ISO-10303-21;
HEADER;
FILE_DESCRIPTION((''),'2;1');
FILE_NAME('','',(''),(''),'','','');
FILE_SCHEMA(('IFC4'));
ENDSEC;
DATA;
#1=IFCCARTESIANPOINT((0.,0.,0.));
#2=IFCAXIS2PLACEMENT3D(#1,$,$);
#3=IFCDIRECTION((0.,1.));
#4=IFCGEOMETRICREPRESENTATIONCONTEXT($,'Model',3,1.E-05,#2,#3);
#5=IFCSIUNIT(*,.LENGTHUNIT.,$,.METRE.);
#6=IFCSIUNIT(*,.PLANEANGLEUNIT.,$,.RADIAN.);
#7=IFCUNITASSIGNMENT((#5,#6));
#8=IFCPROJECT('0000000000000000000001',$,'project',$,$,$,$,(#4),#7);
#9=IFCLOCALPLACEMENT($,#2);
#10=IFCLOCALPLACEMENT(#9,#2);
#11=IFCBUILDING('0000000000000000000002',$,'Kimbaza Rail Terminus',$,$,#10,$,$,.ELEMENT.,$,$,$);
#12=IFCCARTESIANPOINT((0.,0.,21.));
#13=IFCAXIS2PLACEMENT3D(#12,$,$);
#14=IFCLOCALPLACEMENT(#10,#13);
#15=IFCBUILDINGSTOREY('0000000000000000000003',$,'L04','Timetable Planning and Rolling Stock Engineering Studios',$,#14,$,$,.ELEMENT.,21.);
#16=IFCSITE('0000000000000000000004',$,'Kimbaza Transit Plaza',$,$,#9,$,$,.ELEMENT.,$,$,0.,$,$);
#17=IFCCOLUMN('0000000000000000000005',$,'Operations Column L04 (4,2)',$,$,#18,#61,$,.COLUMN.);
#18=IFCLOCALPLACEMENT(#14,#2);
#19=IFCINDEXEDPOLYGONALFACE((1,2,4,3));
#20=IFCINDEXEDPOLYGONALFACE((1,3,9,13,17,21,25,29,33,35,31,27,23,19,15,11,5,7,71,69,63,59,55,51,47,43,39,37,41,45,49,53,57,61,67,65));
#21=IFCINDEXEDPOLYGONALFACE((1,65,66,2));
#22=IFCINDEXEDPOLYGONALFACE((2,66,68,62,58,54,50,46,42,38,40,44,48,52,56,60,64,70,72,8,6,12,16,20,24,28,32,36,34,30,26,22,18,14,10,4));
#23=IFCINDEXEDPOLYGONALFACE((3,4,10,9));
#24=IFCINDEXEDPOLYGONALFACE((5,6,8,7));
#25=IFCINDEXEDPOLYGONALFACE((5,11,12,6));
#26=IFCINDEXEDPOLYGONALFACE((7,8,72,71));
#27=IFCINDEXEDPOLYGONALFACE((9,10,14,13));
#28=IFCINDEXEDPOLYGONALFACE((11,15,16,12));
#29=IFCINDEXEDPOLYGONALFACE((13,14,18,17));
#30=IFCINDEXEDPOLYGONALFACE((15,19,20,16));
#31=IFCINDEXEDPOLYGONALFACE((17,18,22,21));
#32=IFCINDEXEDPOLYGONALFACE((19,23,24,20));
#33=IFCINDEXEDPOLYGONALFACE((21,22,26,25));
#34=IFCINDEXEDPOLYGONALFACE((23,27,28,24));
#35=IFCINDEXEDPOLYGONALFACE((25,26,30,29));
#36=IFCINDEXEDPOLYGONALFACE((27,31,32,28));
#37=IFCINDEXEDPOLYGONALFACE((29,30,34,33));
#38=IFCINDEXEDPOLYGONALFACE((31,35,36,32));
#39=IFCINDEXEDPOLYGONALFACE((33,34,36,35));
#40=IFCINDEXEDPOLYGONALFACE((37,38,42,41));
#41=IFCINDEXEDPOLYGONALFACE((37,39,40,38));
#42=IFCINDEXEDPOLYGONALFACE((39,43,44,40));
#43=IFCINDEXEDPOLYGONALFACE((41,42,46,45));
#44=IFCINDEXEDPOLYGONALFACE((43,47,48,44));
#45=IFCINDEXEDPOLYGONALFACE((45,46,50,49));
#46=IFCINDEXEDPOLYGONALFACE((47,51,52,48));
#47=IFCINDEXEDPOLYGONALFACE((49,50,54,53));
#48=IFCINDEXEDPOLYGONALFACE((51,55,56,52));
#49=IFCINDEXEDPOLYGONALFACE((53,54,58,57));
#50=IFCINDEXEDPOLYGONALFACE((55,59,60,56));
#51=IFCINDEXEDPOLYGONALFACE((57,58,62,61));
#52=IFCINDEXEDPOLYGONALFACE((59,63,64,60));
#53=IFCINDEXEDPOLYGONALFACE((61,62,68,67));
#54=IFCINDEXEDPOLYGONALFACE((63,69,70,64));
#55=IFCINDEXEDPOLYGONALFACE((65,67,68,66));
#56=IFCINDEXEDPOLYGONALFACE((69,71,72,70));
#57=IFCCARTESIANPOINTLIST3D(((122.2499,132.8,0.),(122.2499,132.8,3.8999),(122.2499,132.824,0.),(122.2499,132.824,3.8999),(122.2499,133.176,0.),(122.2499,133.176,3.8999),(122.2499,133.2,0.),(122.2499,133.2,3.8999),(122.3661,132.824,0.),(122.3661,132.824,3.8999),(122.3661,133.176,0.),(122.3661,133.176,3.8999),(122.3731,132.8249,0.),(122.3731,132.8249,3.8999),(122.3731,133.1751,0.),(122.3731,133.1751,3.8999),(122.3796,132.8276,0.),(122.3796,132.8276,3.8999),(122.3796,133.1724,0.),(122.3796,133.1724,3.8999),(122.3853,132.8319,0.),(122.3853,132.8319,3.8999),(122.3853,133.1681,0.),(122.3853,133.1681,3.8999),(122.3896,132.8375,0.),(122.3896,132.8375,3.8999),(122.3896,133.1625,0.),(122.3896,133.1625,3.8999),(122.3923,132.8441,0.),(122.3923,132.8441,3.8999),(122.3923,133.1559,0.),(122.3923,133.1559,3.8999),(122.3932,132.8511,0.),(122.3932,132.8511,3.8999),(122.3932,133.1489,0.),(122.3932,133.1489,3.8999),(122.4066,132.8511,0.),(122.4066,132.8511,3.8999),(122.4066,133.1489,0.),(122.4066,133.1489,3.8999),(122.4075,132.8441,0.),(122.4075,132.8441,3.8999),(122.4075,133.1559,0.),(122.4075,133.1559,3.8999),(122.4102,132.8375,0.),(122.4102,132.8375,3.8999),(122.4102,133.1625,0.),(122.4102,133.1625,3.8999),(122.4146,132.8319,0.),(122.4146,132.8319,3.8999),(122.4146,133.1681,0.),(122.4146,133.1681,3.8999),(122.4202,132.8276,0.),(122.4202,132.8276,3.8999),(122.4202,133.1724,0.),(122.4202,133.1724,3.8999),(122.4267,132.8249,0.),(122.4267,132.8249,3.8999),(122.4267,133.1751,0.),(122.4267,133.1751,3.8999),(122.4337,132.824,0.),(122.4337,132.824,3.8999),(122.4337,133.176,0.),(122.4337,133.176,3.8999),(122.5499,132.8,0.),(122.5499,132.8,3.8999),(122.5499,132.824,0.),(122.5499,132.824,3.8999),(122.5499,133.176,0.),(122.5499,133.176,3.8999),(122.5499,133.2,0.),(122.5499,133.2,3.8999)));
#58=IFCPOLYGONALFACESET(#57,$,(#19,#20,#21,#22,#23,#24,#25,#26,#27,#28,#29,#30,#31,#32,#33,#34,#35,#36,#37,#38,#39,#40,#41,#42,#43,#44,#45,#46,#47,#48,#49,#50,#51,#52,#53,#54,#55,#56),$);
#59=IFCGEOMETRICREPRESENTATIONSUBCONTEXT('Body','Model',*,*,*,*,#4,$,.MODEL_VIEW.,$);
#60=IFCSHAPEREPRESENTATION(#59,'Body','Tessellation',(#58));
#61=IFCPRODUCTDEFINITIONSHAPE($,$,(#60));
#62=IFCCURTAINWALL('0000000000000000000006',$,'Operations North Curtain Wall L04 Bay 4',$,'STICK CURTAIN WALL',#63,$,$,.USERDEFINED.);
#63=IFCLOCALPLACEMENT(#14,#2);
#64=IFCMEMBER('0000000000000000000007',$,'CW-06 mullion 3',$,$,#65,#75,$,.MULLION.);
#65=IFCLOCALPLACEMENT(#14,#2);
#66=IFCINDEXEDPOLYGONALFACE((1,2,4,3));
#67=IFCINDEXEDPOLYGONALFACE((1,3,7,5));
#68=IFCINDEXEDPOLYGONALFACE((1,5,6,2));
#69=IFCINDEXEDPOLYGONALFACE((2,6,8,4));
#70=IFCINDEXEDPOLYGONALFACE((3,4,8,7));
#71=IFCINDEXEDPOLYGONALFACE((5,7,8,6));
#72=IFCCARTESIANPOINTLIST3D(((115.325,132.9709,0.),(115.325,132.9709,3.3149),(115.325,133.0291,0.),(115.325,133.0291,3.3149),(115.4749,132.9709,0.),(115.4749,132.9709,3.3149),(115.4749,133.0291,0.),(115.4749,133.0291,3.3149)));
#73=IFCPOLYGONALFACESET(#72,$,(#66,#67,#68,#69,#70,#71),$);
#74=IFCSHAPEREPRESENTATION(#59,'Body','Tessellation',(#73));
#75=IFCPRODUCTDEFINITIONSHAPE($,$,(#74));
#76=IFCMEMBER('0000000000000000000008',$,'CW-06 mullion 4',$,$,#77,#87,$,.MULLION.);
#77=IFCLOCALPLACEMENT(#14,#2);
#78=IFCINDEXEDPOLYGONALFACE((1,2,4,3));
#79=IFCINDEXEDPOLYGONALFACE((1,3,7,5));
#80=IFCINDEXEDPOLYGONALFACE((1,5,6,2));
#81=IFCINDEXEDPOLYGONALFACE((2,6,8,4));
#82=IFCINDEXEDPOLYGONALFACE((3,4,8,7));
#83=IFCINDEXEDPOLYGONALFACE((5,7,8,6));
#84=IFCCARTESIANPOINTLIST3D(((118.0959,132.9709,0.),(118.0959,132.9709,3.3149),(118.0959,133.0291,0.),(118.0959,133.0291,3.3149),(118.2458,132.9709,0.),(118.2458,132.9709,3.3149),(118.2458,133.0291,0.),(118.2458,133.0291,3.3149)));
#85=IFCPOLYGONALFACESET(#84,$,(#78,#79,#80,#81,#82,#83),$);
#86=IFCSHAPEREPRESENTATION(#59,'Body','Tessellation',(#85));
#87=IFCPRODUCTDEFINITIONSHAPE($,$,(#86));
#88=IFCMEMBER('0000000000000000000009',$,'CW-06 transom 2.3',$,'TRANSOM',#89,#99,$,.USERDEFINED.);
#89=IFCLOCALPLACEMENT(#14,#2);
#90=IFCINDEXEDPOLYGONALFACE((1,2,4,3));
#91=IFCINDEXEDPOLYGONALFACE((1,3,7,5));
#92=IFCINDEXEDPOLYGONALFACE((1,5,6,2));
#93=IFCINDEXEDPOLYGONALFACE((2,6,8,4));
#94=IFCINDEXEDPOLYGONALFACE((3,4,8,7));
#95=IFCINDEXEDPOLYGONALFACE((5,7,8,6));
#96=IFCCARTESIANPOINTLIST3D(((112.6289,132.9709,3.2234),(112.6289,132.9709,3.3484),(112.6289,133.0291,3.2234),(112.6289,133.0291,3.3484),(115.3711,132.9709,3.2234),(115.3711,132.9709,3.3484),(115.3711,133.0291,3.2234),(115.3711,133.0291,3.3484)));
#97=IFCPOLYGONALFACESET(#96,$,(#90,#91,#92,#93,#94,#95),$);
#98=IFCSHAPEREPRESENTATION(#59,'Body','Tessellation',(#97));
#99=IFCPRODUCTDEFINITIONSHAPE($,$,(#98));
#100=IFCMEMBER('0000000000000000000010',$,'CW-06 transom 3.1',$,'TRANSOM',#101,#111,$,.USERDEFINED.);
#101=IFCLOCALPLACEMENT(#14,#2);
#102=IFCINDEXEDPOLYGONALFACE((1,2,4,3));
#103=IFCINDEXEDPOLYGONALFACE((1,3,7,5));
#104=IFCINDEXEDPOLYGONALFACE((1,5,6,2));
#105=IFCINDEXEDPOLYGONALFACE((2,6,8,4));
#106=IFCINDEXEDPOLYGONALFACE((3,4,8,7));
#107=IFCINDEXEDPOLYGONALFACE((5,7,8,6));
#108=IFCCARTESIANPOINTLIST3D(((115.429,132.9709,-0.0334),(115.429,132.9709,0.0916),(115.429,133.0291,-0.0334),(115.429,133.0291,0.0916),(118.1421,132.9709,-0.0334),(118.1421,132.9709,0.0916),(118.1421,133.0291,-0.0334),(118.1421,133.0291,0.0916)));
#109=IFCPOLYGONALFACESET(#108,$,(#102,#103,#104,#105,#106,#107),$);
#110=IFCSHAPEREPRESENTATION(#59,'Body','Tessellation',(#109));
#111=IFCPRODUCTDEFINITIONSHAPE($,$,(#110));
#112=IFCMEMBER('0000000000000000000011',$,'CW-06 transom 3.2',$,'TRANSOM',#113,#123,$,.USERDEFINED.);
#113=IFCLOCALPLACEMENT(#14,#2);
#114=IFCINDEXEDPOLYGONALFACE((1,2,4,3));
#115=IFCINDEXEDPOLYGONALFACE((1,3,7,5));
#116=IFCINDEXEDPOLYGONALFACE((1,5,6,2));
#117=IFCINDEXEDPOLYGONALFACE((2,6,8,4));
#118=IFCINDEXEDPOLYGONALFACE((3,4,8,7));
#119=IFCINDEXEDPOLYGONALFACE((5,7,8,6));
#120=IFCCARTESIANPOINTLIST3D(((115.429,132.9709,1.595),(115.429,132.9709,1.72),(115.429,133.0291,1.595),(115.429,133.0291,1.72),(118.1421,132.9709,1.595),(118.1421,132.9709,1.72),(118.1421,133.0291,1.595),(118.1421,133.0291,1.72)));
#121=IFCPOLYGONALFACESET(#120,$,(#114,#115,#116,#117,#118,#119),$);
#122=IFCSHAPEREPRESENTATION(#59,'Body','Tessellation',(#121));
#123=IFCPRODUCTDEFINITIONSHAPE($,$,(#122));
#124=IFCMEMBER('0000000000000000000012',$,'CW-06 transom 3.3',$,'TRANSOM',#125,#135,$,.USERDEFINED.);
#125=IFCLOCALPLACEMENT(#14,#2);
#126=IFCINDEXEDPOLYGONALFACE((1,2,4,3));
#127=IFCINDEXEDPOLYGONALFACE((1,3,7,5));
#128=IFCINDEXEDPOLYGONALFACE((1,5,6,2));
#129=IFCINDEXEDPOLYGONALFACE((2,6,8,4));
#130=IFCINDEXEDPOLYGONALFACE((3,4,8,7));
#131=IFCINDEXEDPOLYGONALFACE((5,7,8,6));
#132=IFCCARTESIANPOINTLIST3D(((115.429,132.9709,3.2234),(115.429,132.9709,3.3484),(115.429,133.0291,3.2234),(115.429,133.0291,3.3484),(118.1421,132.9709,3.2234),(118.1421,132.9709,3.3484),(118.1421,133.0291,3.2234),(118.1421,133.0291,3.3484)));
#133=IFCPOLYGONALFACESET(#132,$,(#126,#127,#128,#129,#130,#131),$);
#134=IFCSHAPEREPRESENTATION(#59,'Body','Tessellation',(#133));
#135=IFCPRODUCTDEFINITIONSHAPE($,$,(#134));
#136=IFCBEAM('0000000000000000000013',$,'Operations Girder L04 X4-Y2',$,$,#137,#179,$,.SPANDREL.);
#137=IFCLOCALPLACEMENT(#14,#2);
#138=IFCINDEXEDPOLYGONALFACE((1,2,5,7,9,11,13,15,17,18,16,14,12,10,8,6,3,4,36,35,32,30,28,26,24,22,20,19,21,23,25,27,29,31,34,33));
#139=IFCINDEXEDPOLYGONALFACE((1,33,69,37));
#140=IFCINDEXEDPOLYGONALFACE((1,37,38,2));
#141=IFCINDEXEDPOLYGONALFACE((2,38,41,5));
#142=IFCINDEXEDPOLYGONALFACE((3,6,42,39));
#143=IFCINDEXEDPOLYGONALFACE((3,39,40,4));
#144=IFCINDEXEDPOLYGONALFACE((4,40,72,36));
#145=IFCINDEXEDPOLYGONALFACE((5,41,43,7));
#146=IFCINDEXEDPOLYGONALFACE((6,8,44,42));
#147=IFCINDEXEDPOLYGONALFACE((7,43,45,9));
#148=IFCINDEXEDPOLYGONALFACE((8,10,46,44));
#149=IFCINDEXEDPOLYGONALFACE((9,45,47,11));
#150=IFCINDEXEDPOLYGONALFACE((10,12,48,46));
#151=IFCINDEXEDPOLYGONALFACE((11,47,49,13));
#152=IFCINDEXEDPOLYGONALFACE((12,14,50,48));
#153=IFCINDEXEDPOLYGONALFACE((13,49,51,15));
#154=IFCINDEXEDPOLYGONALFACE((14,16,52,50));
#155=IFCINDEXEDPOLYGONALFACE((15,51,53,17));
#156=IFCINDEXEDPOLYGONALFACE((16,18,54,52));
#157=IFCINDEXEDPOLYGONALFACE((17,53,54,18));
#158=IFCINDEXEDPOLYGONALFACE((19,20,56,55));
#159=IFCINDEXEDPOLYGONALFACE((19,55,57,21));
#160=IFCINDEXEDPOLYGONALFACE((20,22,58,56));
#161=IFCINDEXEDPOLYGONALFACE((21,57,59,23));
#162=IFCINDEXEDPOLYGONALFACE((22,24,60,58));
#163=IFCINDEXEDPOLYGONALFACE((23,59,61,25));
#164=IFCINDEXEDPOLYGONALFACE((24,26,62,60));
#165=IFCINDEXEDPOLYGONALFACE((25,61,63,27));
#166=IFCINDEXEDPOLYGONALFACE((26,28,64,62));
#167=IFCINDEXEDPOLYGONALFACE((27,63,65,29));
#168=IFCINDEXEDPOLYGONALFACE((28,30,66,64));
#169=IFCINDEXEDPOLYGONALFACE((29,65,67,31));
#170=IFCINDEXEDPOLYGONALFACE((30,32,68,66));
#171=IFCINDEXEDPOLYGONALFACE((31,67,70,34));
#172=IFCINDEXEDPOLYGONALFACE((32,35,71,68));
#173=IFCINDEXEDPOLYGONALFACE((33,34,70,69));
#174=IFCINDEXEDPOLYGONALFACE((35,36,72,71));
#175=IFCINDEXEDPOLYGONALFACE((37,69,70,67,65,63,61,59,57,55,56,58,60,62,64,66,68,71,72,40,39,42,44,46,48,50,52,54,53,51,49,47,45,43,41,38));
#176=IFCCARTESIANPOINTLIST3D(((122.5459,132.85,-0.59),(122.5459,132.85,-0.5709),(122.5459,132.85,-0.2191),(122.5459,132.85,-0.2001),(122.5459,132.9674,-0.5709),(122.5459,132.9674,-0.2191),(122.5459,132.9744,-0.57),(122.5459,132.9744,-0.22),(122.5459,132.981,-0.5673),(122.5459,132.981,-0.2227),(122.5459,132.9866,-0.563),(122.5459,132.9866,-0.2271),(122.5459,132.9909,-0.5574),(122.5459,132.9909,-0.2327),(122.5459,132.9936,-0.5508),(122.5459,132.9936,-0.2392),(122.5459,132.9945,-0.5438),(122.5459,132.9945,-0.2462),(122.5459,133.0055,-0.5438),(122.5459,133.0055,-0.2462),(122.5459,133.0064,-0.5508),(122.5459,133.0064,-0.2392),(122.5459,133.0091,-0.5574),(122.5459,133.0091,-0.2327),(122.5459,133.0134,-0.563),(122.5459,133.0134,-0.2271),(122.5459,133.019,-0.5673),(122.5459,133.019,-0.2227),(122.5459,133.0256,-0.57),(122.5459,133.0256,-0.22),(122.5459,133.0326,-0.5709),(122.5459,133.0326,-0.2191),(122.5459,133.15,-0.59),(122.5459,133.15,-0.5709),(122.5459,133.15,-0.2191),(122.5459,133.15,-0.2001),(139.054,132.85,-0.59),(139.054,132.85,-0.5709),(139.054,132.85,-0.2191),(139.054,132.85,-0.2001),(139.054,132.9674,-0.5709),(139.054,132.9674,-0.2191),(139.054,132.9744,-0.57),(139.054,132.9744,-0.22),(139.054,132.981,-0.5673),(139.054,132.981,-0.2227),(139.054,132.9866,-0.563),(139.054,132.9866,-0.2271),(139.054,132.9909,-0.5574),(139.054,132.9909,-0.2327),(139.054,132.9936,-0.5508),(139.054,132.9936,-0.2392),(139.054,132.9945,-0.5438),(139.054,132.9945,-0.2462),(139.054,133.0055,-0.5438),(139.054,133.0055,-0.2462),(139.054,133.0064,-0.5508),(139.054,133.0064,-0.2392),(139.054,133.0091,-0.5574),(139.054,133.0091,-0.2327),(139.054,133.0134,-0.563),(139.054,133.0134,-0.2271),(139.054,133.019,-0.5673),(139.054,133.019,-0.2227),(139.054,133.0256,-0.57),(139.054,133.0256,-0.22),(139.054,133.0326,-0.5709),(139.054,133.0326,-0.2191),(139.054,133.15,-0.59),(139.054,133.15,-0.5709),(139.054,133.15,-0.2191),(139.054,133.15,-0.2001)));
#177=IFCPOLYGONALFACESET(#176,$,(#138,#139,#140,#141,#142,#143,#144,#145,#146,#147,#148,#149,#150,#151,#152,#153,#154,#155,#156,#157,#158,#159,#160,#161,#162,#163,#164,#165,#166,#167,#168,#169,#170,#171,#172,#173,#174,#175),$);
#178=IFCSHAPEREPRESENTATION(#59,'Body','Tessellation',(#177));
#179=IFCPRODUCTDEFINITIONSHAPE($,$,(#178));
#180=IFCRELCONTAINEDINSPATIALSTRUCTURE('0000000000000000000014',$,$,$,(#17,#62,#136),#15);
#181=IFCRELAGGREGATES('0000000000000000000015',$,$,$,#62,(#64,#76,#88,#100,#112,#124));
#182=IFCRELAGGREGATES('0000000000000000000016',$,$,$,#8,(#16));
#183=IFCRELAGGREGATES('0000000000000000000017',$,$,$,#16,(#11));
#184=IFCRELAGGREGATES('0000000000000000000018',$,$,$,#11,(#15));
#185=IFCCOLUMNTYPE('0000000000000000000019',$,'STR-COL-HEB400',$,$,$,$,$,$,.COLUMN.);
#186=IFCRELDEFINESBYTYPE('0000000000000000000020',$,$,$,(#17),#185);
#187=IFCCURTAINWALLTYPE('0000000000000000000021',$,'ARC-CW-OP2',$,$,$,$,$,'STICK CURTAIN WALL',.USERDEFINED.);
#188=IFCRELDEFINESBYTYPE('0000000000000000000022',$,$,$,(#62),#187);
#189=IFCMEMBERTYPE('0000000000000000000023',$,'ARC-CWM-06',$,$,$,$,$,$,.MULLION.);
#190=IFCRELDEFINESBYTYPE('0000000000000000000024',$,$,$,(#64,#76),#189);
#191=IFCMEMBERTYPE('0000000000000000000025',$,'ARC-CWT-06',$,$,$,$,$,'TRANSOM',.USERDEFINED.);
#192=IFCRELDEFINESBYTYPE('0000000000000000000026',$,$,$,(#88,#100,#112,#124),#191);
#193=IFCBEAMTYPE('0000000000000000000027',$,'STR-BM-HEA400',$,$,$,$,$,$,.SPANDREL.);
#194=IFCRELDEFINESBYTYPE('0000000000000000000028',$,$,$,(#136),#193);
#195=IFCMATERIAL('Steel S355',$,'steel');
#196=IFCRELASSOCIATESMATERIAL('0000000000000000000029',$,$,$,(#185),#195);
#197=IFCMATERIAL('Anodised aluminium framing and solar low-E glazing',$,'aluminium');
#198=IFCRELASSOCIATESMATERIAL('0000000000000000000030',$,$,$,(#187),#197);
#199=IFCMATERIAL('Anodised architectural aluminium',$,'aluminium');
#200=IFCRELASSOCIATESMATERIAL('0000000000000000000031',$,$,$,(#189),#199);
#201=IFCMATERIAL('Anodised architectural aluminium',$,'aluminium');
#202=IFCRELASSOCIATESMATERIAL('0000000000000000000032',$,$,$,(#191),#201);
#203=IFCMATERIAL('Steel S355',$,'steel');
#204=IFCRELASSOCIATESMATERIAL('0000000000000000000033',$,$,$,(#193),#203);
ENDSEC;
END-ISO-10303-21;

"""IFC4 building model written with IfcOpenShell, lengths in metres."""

from ifc_helpers import new_model, si_unit, direction, frame, origin, origin_2d, place, context, subcontext, project, spatial, rectangle, i_section, extrude, material, material_profile, profile_set, type_object, element, aggregate, save


model = new_model("IFC4")

# Units and contexts
model_context = context("Model", 3, precision=1e-05, world=origin(), true_north=direction((0.0, 1.0)))
body_context = subcontext(model_context, "Body", "Model", "MODEL_VIEW")
ifc_project = project(units=[si_unit("LENGTHUNIT", "METRE"), si_unit("PLANEANGLEUNIT", "RADIAN")], contexts=[model_context])

# Site, building, storey
site_placement = place(None, origin())
site = spatial("IfcSite", under=ifc_project, at=site_placement, Name="Kimbaza Transit Plaza", CompositionType="ELEMENT", RefElevation=0.0)
building_placement = place(site_placement, origin())
building = spatial("IfcBuilding", under=site, at=building_placement, Name="Kimbaza Rail Terminus", CompositionType="ELEMENT")
storey_placement = place(building_placement, frame((0.0, 0.0, 21.0)))
storey = spatial("IfcBuildingStorey", under=building, at=storey_placement, Name="L04", Description="Timetable Planning and Rolling Stock Engineering Studios", CompositionType="ELEMENT", Elevation=21.0)

# Column
ifc_material_1 = material(Name="Steel S355", Category="steel")
ifc_material_profile_1 = material_profile(ifc_material_1, i_section(OverallWidth=0.3, OverallDepth=0.3999, WebThickness=0.0134, FlangeThickness=0.0239, FilletRadius=0.0271, at=origin_2d()), Name="HEB 400")
ifc_profile_set_1 = profile_set([ifc_material_profile_1], Name="Steel S355")
column_type = type_object("IfcColumnType", Name="STR-COL-HEB400", PredefinedType="COLUMN", material=ifc_profile_set_1)
column_placement = place(storey_placement, frame((122.3999, 133.0, 0.0), z_axis=(0.0, 0.0, 1.0), x_axis=(1.0, 0.0, 0.0)))
element("IfcColumn", 1, at=column_placement, inside=storey, type_object=column_type, Name="Operations Column L04 (4,2)", PredefinedType="COLUMN", context=body_context, shape_type="SweptSolid", body=[
    extrude(i_section(OverallWidth=0.3, OverallDepth=0.3999, WebThickness=0.0134, FlangeThickness=0.0239, FilletRadius=0.0271, at=origin_2d()), origin(), (0.0, 0.0, 1.0), 3.8999),
])

# Curtain wall, members
ifc_material_2 = material(Name="Anodised aluminium framing and solar low-E glazing", Category="aluminium")
curtain_wall_type = type_object("IfcCurtainWallType", Name="ARC-CW-OP2", ElementType="STICK CURTAIN WALL", PredefinedType="USERDEFINED", material=ifc_material_2)
curtain_wall_placement = place(storey_placement, origin())
curtain_wall = element("IfcCurtainWall", 2, at=curtain_wall_placement, inside=storey, type_object=curtain_wall_type, Name="Operations North Curtain Wall L04 Bay 4", ObjectType="STICK CURTAIN WALL", PredefinedType="USERDEFINED")
ifc_material_3 = material(Name="Anodised architectural aluminium", Category="aluminium")
ifc_material_profile_2 = material_profile(ifc_material_3, rectangle(XDim=0.0581, YDim=0.1499, at=origin_2d()), Name="MULLION 58x150")
ifc_profile_set_2 = profile_set([ifc_material_profile_2], Name="Anodised architectural aluminium")
member_type_1 = type_object("IfcMemberType", Name="ARC-CWM-06", PredefinedType="MULLION", material=ifc_profile_set_2)
member_1_placement = place(storey_placement, frame((115.3999, 133.0, 0.0), z_axis=(0.0, 0.0, 1.0), x_axis=(0.0, 1.0, 0.0)))
member_1 = element("IfcMember", 3, at=member_1_placement, type_object=member_type_1, Name="CW-06 mullion 3", PredefinedType="MULLION", context=body_context, shape_type="SweptSolid", body=[
    extrude(rectangle(XDim=0.0581, YDim=0.1499, at=origin_2d()), origin(), (0.0, 0.0, 1.0), 3.3149),
])
member_2_placement = place(storey_placement, frame((118.1709, 133.0, 0.0), z_axis=(0.0, 0.0, 1.0), x_axis=(0.0, 1.0, 0.0)))
member_2 = element("IfcMember", 4, at=member_2_placement, type_object=member_type_1, Name="CW-06 mullion 4", PredefinedType="MULLION", context=body_context, shape_type="SweptSolid", body=[
    extrude(rectangle(XDim=0.0581, YDim=0.1499, at=origin_2d()), origin(), (0.0, 0.0, 1.0), 3.3149),
])
ifc_material_4 = material(Name="Anodised architectural aluminium", Category="aluminium")
ifc_material_profile_3 = material_profile(ifc_material_4, rectangle(XDim=0.0581, YDim=0.125, at=origin_2d()), Name="TRANSOM 58x125")
ifc_profile_set_3 = profile_set([ifc_material_profile_3], Name="Anodised architectural aluminium")
member_type_2 = type_object("IfcMemberType", Name="ARC-CWT-06", ElementType="TRANSOM", PredefinedType="USERDEFINED", material=ifc_profile_set_3)
member_3_placement = place(storey_placement, frame((112.6289, 133.0, 3.2859), z_axis=(1.0, 0.0, 0.0), x_axis=(0.0, 1.0, 0.0)))
member_3 = element("IfcMember", 5, at=member_3_placement, type_object=member_type_2, Name="CW-06 transom 2.3", ObjectType="TRANSOM", PredefinedType="USERDEFINED", context=body_context, shape_type="SweptSolid", body=[
    extrude(rectangle(XDim=0.0581, YDim=0.125, at=origin_2d()), origin(), (0.0, 0.0, 1.0), 2.7422),
])
member_4_placement = place(storey_placement, frame((115.429, 133.0, 0.0291), z_axis=(1.0, 0.0, 0.0), x_axis=(0.0, 1.0, 0.0)))
member_4 = element("IfcMember", 6, at=member_4_placement, type_object=member_type_2, Name="CW-06 transom 3.1", ObjectType="TRANSOM", PredefinedType="USERDEFINED", context=body_context, shape_type="SweptSolid", body=[
    extrude(rectangle(XDim=0.0581, YDim=0.125, at=origin_2d()), origin(), (0.0, 0.0, 1.0), 2.7131),
])
member_5_placement = place(storey_placement, frame((115.429, 133.0, 1.6575), z_axis=(1.0, 0.0, 0.0), x_axis=(0.0, 1.0, 0.0)))
member_5 = element("IfcMember", 7, at=member_5_placement, type_object=member_type_2, Name="CW-06 transom 3.2", ObjectType="TRANSOM", PredefinedType="USERDEFINED", context=body_context, shape_type="SweptSolid", body=[
    extrude(rectangle(XDim=0.0581, YDim=0.125, at=origin_2d()), origin(), (0.0, 0.0, 1.0), 2.7131),
])
member_6_placement = place(storey_placement, frame((115.429, 133.0, 3.2859), z_axis=(1.0, 0.0, 0.0), x_axis=(0.0, 1.0, 0.0)))
member_6 = element("IfcMember", 8, at=member_6_placement, type_object=member_type_2, Name="CW-06 transom 3.3", ObjectType="TRANSOM", PredefinedType="USERDEFINED", context=body_context, shape_type="SweptSolid", body=[
    extrude(rectangle(XDim=0.0581, YDim=0.125, at=origin_2d()), origin(), (0.0, 0.0, 1.0), 2.7131),
])

# Beam
ifc_material_5 = material(Name="Steel S355", Category="steel")
ifc_material_profile_4 = material_profile(ifc_material_5, i_section(OverallWidth=0.3, OverallDepth=0.3899, WebThickness=0.011, FlangeThickness=0.019, FilletRadius=0.0271, at=origin_2d()), Name="HEA 400")
ifc_profile_set_4 = profile_set([ifc_material_profile_4], Name="Steel S355")
beam_type = type_object("IfcBeamType", Name="STR-BM-HEA400", PredefinedType="SPANDREL", material=ifc_profile_set_4)
beam_placement = place(storey_placement, frame((122.5459, 133.0, -0.395), z_axis=(1.0, 0.0, 0.0), x_axis=(0.0, 1.0, 0.0)))
element("IfcBeam", 9, at=beam_placement, inside=storey, type_object=beam_type, Name="Operations Girder L04 X4-Y2", PredefinedType="SPANDREL", context=body_context, shape_type="SweptSolid", body=[
    extrude(i_section(OverallWidth=0.3, OverallDepth=0.3899, WebThickness=0.011, FlangeThickness=0.019, FilletRadius=0.0271, at=origin_2d()), origin(), (0.0, 0.0, 1.0), 16.5081),
])

aggregate(curtain_wall, [member_1, member_2, member_3, member_4, member_5, member_6])

save(model, "model.ifc")
